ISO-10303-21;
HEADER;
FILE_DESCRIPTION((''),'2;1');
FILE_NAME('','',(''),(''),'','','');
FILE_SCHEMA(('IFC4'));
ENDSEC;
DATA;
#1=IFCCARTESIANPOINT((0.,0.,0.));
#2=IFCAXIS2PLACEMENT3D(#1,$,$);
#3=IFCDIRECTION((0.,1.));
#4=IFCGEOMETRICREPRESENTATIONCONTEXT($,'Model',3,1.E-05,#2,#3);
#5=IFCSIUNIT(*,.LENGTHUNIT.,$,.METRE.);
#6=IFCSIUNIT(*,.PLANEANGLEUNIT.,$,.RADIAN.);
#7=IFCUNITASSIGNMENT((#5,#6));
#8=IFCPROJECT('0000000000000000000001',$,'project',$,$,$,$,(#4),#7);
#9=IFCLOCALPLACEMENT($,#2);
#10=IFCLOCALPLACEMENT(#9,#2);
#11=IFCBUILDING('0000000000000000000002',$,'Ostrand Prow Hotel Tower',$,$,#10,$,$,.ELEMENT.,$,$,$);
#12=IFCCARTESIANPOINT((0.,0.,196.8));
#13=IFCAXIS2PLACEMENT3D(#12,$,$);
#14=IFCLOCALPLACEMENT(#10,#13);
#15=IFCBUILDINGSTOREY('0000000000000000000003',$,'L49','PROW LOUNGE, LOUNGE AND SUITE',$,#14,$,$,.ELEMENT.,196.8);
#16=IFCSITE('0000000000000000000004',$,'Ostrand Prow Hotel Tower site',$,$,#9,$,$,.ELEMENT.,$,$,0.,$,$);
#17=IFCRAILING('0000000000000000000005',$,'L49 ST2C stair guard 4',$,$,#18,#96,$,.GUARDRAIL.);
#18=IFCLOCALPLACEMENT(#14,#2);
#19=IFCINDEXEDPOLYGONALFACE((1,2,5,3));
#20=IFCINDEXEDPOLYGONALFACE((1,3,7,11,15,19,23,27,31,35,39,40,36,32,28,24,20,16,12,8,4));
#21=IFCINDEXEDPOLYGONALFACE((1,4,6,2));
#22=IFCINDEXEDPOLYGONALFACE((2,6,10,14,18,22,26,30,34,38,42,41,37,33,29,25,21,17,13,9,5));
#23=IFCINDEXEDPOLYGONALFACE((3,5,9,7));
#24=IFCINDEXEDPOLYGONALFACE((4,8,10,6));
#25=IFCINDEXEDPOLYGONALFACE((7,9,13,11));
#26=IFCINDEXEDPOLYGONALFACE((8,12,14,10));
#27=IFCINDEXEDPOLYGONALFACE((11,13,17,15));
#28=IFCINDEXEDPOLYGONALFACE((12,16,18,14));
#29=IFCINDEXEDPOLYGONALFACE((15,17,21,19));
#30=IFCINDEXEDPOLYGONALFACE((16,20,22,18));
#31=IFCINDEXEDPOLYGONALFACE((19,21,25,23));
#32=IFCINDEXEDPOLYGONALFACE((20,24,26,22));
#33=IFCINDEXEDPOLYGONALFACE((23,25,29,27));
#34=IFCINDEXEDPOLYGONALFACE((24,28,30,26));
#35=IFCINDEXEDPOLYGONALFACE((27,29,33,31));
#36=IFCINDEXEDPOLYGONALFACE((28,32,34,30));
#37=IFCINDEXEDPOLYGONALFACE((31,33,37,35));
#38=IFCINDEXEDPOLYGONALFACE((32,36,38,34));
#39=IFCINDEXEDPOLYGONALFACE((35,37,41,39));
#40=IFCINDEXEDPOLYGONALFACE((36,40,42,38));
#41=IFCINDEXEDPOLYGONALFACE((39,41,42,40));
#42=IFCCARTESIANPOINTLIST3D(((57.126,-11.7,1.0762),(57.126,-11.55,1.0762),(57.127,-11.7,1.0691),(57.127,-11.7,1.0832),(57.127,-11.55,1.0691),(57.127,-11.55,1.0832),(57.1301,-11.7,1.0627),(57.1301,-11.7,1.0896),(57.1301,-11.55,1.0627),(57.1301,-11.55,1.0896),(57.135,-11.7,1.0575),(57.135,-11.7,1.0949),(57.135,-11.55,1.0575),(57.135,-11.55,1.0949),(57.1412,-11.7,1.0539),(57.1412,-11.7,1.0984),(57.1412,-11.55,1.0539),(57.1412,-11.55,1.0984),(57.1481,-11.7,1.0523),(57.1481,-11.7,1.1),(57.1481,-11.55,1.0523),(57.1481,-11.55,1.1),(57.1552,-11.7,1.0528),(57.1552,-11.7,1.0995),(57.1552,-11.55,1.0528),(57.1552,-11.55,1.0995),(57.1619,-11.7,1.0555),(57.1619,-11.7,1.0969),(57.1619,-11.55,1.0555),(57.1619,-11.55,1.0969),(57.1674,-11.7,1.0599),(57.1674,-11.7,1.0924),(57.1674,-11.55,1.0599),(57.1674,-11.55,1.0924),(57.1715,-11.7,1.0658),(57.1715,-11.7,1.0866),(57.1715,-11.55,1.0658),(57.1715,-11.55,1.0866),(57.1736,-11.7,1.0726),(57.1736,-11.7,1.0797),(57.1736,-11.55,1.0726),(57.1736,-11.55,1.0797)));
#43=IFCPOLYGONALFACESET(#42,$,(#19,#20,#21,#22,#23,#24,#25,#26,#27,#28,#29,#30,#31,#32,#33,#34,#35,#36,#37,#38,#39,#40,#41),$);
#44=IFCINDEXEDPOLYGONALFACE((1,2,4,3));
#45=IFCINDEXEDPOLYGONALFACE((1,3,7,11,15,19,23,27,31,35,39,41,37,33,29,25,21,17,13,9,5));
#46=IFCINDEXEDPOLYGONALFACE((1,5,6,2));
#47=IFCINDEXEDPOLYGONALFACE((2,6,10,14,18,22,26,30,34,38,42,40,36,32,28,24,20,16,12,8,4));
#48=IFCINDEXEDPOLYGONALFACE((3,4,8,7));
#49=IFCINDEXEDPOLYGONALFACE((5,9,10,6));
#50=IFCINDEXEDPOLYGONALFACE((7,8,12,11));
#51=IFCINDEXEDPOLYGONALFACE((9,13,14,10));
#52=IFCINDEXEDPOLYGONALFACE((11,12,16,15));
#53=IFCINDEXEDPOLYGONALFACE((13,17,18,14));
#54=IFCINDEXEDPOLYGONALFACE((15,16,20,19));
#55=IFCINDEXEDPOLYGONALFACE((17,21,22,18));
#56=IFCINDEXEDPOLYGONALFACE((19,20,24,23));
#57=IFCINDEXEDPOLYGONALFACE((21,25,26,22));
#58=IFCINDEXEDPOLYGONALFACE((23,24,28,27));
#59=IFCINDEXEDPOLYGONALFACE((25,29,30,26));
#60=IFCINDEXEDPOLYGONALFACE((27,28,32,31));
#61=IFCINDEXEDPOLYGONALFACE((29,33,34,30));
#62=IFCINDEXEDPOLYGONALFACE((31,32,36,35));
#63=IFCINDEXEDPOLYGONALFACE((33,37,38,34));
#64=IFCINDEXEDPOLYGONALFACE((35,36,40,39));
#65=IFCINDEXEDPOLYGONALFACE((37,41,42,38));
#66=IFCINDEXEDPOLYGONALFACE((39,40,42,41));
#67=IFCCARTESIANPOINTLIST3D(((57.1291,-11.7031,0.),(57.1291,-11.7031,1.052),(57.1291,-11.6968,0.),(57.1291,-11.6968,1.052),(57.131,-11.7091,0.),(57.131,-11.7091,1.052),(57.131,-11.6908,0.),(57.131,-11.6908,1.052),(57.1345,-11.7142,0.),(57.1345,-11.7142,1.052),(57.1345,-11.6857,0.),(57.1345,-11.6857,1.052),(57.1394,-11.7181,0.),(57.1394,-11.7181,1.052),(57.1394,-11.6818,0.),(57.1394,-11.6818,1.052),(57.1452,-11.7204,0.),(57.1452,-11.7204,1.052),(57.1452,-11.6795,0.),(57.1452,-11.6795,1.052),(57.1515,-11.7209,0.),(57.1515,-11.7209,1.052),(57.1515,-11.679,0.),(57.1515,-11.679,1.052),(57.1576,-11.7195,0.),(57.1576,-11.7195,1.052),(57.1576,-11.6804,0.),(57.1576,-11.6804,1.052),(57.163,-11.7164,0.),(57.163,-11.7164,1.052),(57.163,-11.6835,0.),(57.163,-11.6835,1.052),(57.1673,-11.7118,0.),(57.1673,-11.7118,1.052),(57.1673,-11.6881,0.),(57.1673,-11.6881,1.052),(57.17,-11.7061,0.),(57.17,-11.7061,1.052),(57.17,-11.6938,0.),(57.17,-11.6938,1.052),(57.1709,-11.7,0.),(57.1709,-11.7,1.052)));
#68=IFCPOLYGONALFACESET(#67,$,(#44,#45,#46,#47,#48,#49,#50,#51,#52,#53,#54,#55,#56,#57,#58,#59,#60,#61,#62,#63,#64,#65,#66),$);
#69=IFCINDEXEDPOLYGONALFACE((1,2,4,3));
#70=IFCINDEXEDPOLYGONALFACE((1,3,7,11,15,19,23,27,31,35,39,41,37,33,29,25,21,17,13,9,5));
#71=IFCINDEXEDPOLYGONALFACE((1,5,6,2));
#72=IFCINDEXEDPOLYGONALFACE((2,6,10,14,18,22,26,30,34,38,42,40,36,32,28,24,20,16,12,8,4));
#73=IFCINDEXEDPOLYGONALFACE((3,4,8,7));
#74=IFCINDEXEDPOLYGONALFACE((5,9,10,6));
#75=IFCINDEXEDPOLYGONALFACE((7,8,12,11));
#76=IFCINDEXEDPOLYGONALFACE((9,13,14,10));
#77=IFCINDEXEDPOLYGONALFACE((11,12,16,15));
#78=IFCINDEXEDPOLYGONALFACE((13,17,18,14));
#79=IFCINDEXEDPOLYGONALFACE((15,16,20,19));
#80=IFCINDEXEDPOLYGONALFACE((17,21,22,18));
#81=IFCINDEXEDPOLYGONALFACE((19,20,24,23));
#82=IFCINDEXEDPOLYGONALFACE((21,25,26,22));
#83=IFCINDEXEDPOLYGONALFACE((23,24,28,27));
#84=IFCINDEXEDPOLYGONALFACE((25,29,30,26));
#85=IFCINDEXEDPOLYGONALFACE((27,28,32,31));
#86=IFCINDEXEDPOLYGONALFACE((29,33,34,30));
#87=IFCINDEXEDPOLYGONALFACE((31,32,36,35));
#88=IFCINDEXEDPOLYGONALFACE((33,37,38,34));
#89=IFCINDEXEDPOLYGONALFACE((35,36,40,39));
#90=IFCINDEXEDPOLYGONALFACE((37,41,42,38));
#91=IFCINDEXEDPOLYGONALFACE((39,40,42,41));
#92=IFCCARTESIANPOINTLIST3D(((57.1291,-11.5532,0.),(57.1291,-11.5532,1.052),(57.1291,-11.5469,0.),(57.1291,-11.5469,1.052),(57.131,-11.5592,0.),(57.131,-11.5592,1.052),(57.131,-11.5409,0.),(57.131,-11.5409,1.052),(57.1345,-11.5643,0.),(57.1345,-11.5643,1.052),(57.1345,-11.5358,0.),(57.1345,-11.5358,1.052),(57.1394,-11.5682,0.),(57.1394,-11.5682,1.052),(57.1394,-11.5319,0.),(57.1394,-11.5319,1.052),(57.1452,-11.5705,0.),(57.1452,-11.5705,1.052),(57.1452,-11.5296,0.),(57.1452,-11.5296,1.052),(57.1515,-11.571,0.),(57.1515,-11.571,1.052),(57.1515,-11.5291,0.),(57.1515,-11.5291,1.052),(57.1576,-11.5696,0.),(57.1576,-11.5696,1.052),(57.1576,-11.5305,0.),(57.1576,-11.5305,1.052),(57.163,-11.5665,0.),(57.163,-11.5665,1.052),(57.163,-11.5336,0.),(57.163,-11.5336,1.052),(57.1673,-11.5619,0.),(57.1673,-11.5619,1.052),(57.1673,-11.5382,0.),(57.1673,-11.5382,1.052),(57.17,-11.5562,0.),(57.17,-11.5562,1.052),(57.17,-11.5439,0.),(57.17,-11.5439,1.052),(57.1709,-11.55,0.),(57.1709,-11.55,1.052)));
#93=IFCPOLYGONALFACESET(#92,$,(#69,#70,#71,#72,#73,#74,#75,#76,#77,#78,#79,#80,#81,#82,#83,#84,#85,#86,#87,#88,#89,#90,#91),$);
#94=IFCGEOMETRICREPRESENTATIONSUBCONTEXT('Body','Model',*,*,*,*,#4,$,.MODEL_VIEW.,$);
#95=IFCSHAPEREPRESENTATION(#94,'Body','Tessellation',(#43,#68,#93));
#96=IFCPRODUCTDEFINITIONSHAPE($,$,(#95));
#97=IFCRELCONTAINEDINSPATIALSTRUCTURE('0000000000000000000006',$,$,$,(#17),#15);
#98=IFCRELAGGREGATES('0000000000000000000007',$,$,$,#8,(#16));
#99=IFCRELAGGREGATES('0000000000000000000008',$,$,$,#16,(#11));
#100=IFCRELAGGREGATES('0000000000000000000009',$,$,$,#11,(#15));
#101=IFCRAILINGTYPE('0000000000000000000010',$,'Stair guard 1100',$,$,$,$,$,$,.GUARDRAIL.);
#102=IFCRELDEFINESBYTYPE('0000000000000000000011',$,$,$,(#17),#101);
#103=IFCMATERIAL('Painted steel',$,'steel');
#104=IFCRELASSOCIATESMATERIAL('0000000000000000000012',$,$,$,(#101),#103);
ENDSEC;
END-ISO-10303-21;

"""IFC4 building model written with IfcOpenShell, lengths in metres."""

from ifc_helpers import new_model, si_unit, direction, frame, origin, origin_2d, place, context, subcontext, project, spatial, circle, extrude, material, type_object, element, save


model = new_model("IFC4")

# Units and contexts
model_context = context("Model", 3, precision=1e-05, world=origin(), true_north=direction((0.0, 1.0)))
body_context = subcontext(model_context, "Body", "Model", "MODEL_VIEW")
ifc_project = project(units=[si_unit("LENGTHUNIT", "METRE"), si_unit("PLANEANGLEUNIT", "RADIAN")], contexts=[model_context])

# Site, building, storey
site_placement = place(None, origin())
site = spatial("IfcSite", under=ifc_project, at=site_placement, Name="Ostrand Prow Hotel Tower site", CompositionType="ELEMENT", RefElevation=0.0)
building_placement = place(site_placement, origin())
building = spatial("IfcBuilding", under=site, at=building_placement, Name="Ostrand Prow Hotel Tower", CompositionType="ELEMENT")
storey_placement = place(building_placement, frame((0.0, 0.0, 196.8)))
storey = spatial("IfcBuildingStorey", under=building, at=storey_placement, Name="L49", Description="PROW LOUNGE, LOUNGE AND SUITE", CompositionType="ELEMENT", Elevation=196.8)

# Railing
ifc_material_1 = material(Name="Painted steel", Category="steel")
railing_type = type_object("IfcRailingType", Name="Stair guard 1100", PredefinedType="GUARDRAIL", material=ifc_material_1)
railing_placement = place(storey_placement, frame((57.1499, -11.7, 0.0)))
element("IfcRailing", 1, at=railing_placement, inside=storey, type_object=railing_type, Name="L49 ST2C stair guard 4", PredefinedType="GUARDRAIL", context=body_context, shape_type="SweptSolid", body=[
    extrude(circle(Radius=0.0239, at=origin_2d()), frame((0.0, 0.0, 1.0762), z_axis=(0.0, 1.0, 0.0), x_axis=(-1.0, 0.0, 0.0)), (0.0, 0.0, 1.0), 0.1499),
    extrude(circle(Radius=0.021, at=origin_2d()), origin(), (0.0, 0.0, 1.0), 1.052),
    extrude(circle(Radius=0.021, at=origin_2d()), frame((0.0, 0.1499, 0.0)), (0.0, 0.0, 1.0), 1.052),
])

save(model, "model.ifc")
